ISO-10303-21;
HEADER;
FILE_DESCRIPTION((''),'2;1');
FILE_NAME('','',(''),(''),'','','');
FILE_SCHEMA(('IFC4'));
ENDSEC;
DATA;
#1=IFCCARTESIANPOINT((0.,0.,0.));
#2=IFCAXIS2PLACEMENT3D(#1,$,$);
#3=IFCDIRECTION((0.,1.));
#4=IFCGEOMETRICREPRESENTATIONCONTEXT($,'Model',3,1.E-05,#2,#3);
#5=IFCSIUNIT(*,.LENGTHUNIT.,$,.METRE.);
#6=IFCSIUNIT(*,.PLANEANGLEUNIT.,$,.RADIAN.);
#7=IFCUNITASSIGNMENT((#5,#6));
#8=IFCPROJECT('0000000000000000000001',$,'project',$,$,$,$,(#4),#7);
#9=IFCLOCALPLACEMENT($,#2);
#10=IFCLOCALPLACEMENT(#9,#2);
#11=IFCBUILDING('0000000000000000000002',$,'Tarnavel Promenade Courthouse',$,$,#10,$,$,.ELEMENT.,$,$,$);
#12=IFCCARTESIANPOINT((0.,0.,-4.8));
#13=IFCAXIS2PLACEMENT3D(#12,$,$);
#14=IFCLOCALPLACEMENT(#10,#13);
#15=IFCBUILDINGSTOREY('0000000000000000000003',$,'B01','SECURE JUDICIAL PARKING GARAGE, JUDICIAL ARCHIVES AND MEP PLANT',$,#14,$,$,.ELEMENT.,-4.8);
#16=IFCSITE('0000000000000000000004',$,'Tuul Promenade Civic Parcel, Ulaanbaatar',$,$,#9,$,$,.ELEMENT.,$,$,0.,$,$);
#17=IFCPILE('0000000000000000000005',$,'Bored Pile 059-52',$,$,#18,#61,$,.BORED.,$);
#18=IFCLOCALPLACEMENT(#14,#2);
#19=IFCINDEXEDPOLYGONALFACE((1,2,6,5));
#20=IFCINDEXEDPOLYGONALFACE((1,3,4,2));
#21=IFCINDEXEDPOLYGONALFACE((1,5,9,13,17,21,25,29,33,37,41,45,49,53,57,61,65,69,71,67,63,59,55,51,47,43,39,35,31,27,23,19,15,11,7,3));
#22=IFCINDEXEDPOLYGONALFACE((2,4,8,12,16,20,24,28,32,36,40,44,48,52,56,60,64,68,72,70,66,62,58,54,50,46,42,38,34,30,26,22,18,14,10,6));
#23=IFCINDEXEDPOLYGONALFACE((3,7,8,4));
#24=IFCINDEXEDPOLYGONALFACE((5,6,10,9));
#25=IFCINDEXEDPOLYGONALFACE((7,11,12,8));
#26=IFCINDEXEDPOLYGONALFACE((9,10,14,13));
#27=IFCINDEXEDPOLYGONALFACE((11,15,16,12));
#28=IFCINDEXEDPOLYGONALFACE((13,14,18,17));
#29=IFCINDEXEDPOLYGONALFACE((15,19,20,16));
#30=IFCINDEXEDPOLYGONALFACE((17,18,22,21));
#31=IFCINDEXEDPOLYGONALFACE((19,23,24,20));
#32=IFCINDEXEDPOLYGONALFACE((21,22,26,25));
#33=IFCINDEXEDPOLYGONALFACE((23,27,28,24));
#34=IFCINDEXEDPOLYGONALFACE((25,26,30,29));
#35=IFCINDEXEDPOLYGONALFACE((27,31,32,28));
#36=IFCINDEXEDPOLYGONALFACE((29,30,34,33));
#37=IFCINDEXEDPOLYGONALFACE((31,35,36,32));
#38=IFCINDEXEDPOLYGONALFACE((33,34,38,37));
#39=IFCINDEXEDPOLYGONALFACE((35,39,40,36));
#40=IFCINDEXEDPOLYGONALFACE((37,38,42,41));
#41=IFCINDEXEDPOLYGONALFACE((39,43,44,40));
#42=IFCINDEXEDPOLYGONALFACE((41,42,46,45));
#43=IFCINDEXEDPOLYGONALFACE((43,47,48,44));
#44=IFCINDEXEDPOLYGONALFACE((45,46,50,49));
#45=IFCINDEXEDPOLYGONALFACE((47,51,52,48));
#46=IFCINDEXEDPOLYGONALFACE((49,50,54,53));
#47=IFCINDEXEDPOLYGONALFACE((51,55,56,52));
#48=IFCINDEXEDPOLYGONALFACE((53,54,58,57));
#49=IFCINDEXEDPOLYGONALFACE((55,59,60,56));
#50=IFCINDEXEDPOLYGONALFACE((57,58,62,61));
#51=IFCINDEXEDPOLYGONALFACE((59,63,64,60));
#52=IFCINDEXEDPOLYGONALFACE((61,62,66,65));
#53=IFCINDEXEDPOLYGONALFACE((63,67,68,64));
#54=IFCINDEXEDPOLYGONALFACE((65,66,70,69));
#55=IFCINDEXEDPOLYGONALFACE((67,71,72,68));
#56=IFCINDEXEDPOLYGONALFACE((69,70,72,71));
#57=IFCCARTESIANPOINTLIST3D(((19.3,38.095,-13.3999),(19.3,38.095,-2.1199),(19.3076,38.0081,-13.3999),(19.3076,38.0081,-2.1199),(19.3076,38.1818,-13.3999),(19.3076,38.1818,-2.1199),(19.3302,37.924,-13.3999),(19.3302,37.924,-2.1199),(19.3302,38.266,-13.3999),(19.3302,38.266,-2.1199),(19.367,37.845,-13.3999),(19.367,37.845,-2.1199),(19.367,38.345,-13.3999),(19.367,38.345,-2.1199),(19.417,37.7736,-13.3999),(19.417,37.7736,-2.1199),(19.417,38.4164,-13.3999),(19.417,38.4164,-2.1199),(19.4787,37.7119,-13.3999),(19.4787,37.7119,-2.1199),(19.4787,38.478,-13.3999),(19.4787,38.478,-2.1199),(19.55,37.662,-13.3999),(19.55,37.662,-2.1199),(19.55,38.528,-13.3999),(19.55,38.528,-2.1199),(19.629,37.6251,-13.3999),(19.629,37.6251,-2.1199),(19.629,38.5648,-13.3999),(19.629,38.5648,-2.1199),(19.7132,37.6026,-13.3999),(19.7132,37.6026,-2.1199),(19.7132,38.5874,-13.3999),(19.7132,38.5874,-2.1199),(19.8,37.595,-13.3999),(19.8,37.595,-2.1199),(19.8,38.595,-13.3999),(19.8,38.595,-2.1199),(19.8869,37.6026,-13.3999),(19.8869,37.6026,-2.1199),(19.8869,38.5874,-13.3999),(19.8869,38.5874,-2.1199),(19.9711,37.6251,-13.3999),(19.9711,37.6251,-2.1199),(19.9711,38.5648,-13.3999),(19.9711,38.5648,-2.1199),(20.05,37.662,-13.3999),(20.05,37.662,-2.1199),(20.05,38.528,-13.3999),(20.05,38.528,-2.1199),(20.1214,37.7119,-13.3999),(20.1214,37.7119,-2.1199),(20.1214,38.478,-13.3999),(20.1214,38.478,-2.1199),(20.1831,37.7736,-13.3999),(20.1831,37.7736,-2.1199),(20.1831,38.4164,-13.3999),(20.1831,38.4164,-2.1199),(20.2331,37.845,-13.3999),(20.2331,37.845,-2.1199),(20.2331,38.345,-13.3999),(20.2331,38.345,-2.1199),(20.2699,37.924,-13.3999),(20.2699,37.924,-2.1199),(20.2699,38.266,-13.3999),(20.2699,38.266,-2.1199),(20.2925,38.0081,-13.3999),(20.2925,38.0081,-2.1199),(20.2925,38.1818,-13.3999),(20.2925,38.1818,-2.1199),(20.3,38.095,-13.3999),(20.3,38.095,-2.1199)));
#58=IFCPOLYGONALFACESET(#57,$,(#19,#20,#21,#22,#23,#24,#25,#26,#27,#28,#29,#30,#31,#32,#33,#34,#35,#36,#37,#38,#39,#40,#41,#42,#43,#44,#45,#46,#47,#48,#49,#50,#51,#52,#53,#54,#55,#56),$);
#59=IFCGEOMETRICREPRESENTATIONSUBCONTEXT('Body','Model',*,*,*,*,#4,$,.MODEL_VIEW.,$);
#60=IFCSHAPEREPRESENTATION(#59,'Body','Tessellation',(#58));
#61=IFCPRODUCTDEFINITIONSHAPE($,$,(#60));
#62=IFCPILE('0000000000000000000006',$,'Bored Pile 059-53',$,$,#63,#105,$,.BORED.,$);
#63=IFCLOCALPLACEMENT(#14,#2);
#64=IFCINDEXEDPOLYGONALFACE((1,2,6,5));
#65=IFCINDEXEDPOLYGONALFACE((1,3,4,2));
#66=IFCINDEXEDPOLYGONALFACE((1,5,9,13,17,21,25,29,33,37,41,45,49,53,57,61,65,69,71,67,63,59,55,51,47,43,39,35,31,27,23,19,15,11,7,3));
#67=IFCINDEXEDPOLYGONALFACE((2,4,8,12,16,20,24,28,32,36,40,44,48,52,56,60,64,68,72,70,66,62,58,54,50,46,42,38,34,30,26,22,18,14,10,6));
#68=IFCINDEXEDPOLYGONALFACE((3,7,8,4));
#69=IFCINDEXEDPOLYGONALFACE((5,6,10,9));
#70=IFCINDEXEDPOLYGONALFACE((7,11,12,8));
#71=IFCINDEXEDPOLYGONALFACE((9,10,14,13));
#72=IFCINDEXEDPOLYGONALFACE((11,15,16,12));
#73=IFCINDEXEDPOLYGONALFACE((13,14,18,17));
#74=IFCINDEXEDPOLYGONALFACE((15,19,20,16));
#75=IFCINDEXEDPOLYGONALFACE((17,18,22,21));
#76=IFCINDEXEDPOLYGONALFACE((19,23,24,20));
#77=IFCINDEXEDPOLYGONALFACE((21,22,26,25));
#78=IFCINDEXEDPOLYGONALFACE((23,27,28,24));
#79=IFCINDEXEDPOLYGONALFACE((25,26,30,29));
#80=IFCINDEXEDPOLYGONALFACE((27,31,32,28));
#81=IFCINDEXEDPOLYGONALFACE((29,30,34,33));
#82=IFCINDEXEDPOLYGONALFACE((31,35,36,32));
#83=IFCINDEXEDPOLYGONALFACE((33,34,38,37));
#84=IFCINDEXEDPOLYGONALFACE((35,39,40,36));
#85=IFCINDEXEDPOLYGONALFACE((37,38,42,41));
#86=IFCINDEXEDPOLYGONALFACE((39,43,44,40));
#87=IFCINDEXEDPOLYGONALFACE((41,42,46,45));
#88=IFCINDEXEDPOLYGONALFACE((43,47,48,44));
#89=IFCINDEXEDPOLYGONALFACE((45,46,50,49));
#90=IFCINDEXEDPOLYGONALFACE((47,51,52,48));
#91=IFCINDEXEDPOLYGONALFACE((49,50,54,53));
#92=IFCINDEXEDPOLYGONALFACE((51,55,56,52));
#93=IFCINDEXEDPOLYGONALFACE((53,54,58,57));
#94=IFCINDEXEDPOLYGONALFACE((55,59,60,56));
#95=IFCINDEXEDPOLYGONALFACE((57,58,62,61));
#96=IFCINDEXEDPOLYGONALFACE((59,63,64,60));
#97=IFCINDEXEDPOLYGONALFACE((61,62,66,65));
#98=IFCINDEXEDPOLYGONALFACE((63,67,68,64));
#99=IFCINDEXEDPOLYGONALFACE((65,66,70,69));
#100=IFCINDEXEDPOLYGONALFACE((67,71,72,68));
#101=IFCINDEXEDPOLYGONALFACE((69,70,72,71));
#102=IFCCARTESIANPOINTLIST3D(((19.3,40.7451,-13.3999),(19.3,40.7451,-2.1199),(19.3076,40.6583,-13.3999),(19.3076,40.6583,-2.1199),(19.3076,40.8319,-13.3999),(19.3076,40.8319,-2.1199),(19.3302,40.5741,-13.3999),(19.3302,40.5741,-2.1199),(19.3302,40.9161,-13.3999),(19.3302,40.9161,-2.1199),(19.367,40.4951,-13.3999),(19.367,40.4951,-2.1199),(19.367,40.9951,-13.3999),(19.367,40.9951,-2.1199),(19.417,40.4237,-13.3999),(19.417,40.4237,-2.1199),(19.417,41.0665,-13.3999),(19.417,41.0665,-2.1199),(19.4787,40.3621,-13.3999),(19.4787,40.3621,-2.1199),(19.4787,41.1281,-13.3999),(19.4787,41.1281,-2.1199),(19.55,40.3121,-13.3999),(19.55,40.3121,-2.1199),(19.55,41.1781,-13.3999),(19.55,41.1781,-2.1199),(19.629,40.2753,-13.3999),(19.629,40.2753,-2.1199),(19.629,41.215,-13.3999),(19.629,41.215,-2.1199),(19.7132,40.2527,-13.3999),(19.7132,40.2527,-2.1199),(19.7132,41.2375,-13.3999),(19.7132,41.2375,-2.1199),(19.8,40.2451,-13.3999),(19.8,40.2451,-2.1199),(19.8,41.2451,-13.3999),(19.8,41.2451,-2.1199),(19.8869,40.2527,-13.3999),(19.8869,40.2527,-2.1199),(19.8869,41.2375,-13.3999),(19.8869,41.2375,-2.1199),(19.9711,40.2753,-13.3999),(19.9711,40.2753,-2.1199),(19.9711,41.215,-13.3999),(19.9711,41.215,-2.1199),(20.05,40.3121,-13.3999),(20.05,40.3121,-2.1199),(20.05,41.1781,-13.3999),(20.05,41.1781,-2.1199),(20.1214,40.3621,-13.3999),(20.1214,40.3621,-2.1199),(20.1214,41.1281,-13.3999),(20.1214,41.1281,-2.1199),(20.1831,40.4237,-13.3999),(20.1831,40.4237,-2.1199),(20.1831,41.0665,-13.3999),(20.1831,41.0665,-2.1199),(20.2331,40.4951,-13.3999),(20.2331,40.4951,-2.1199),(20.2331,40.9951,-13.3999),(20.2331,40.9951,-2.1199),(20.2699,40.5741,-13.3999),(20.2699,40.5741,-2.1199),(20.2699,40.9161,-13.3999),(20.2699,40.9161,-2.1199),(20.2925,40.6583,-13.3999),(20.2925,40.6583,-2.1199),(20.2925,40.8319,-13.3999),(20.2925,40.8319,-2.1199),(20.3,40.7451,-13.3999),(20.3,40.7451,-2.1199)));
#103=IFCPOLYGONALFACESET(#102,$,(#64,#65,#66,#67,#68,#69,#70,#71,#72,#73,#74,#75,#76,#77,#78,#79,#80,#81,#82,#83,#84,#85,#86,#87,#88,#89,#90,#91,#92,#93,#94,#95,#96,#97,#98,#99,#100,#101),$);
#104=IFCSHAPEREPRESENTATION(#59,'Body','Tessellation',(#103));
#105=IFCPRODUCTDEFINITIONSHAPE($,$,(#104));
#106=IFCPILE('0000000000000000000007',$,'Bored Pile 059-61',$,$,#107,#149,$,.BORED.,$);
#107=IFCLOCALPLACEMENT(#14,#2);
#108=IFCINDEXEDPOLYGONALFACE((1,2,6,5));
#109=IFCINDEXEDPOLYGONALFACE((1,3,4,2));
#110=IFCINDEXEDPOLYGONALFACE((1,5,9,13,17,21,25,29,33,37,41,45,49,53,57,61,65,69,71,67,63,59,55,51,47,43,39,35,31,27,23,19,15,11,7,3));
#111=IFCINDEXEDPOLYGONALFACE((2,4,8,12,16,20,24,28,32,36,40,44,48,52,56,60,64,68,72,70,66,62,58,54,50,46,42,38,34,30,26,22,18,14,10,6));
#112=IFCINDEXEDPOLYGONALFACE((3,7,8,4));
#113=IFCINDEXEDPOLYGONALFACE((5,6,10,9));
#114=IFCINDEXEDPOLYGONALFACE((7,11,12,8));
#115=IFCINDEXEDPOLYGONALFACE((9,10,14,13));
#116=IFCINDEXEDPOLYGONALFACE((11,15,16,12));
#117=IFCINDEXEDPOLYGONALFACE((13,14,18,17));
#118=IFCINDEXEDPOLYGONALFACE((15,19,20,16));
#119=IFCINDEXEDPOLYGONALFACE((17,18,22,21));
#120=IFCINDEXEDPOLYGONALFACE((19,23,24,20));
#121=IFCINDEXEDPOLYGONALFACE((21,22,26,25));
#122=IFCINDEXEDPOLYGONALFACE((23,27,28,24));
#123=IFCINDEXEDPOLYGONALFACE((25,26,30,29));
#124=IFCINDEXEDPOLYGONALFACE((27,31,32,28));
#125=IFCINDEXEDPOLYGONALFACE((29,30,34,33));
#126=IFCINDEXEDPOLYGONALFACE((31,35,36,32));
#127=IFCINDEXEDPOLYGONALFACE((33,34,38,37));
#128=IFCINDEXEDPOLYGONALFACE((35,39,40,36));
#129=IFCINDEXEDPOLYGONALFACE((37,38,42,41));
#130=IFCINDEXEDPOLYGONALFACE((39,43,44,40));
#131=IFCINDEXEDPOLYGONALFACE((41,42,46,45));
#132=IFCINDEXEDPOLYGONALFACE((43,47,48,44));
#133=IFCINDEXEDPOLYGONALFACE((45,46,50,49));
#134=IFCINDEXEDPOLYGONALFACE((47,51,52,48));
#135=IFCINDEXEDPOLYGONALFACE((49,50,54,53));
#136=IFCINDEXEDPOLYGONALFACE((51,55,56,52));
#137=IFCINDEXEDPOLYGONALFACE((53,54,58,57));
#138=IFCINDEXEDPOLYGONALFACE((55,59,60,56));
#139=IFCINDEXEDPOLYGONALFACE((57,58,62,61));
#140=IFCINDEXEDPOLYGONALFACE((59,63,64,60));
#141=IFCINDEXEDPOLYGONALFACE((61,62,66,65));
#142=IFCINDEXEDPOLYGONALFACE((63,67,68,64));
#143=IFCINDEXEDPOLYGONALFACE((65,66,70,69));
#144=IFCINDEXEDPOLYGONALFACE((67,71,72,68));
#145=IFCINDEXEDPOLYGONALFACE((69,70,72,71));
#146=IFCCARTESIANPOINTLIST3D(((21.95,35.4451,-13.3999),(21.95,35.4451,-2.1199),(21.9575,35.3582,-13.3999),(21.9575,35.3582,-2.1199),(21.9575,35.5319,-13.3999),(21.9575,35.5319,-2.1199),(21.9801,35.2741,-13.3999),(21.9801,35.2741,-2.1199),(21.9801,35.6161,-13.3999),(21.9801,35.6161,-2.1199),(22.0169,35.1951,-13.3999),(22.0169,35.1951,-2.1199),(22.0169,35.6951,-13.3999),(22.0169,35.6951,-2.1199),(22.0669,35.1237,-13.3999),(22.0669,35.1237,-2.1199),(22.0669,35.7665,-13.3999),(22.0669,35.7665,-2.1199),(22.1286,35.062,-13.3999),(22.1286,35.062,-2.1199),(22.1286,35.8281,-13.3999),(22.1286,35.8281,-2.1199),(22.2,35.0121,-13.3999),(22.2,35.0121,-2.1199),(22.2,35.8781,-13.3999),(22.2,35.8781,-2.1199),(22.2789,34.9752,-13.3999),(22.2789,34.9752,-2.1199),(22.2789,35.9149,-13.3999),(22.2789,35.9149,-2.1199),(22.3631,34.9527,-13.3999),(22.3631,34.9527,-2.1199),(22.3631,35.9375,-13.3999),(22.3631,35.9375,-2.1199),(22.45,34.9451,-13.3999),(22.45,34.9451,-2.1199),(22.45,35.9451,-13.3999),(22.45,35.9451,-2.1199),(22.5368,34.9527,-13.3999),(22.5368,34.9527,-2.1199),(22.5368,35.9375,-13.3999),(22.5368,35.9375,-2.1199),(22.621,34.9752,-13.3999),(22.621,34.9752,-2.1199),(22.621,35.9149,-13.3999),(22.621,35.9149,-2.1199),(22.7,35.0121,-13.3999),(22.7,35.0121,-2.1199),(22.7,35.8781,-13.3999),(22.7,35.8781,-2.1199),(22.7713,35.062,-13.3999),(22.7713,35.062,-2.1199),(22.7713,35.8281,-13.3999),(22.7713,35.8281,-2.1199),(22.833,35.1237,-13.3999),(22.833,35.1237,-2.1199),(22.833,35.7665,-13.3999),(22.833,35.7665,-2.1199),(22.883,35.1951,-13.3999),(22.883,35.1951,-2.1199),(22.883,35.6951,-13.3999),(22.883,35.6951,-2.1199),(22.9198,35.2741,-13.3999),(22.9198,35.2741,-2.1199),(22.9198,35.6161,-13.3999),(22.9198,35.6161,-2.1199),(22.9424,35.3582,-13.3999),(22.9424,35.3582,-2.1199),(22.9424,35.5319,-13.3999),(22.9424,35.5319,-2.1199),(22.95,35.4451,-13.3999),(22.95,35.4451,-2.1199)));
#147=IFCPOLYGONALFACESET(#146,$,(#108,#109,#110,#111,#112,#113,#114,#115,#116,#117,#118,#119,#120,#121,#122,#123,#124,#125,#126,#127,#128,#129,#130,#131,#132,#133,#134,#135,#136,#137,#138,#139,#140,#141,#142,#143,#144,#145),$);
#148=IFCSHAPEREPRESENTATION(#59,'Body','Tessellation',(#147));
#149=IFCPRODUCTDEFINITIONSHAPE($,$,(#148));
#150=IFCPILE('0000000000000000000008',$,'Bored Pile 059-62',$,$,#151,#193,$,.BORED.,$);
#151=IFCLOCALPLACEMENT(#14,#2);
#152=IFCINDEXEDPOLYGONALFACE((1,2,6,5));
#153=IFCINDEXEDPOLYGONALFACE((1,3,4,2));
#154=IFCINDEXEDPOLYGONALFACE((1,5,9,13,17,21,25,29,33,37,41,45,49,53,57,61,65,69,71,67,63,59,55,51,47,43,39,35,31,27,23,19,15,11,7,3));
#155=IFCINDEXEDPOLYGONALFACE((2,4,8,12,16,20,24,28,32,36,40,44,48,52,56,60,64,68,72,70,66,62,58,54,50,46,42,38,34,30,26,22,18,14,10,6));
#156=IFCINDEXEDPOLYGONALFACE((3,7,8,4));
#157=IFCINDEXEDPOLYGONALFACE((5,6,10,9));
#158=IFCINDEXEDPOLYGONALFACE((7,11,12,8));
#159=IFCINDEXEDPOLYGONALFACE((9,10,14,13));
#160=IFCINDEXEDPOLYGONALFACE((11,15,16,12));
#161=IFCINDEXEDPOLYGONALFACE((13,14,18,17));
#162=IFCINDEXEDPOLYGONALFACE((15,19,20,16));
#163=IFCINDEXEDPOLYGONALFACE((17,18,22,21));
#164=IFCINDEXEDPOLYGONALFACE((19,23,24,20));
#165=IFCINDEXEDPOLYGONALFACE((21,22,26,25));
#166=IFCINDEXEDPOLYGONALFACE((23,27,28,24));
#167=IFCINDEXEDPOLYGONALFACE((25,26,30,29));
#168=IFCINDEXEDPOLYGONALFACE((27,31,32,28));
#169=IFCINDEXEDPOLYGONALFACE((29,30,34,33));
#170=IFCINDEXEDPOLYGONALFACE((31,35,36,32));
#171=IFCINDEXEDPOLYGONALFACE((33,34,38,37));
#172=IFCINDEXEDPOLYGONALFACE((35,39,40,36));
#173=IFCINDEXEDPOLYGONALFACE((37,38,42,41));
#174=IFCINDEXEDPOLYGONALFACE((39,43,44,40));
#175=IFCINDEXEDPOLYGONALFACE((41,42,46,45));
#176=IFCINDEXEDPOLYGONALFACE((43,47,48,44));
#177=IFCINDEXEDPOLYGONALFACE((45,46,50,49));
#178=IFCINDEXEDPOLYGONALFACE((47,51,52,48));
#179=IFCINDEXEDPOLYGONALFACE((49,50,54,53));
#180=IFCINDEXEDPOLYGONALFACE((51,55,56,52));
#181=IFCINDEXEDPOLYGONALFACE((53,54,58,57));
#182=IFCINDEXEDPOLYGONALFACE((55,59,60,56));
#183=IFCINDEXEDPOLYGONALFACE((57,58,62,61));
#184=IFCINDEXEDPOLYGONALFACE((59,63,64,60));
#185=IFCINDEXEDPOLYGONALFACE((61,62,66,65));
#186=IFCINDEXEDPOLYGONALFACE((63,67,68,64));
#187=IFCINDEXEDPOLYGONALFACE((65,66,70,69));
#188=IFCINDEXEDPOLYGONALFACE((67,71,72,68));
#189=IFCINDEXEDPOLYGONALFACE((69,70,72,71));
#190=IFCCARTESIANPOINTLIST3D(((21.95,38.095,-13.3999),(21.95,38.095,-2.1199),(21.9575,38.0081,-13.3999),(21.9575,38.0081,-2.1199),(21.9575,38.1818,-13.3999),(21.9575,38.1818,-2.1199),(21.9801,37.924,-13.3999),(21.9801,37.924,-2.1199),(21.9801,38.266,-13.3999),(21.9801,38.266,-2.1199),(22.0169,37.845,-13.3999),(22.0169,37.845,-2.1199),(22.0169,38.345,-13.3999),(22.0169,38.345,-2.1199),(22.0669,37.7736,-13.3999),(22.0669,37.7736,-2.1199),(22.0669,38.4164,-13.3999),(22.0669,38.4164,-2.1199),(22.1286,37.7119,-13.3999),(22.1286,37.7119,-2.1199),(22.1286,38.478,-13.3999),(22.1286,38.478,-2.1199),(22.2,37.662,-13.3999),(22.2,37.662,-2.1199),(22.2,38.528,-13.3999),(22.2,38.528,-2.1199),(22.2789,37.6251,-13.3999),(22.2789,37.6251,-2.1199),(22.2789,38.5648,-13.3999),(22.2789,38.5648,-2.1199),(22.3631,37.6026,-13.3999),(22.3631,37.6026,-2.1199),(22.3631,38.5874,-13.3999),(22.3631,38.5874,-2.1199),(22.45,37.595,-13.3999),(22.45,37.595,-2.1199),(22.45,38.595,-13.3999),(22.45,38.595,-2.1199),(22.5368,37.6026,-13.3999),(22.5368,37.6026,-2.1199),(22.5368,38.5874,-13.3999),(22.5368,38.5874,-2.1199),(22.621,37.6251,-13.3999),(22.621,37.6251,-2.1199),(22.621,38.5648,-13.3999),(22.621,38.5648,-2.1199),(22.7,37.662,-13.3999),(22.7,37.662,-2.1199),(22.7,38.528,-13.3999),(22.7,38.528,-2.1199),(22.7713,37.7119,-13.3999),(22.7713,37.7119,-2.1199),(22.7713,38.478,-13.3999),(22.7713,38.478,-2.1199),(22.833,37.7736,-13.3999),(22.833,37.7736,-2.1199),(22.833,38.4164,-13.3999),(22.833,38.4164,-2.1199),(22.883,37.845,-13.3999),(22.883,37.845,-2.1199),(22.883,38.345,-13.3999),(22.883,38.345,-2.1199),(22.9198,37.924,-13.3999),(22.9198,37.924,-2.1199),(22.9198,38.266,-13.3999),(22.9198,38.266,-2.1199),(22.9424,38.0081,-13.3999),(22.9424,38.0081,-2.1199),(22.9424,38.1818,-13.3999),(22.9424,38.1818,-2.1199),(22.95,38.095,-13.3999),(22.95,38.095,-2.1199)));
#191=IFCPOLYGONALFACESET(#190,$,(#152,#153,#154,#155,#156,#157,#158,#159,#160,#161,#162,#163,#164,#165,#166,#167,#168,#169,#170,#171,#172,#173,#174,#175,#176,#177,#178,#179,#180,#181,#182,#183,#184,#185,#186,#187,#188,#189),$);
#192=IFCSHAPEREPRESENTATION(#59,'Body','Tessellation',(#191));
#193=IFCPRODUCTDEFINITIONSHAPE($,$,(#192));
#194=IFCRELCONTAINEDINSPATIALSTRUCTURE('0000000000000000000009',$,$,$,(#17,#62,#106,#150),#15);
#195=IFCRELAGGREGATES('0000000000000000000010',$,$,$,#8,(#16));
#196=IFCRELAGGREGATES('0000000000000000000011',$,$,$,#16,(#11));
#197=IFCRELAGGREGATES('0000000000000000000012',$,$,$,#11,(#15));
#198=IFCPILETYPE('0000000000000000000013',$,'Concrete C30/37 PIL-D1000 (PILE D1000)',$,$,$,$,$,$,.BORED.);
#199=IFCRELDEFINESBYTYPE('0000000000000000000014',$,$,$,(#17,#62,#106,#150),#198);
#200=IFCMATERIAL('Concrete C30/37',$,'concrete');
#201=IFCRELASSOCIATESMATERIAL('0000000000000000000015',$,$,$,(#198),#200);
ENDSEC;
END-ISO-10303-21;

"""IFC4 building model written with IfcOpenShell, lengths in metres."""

from ifc_helpers import new_model, si_unit, direction, frame, origin, origin_2d, place, context, subcontext, project, spatial, circle, extrude, material, material_profile, profile_set, type_object, element, save


model = new_model("IFC4")

# Units and contexts
model_context = context("Model", 3, precision=1e-05, world=origin(), true_north=direction((0.0, 1.0)))
body_context = subcontext(model_context, "Body", "Model", "MODEL_VIEW")
ifc_project = project(units=[si_unit("LENGTHUNIT", "METRE"), si_unit("PLANEANGLEUNIT", "RADIAN")], contexts=[model_context])

# Site, building, storey
site_placement = place(None, origin())
site = spatial("IfcSite", under=ifc_project, at=site_placement, Name="Tuul Promenade Civic Parcel, Ulaanbaatar", CompositionType="ELEMENT", RefElevation=0.0)
building_placement = place(site_placement, origin())
building = spatial("IfcBuilding", under=site, at=building_placement, Name="Tarnavel Promenade Courthouse", CompositionType="ELEMENT")
storey_placement = place(building_placement, frame((0.0, 0.0, -4.8)))
storey = spatial("IfcBuildingStorey", under=building, at=storey_placement, Name="B01", Description="SECURE JUDICIAL PARKING GARAGE, JUDICIAL ARCHIVES AND MEP PLANT", CompositionType="ELEMENT", Elevation=-4.8)

# Piles
ifc_material_1 = material(Name="Concrete C30/37", Category="concrete")
ifc_material_profile_1 = material_profile(ifc_material_1, circle(Radius=0.5, at=origin_2d()), Name="PILE D1000")
ifc_profile_set_1 = profile_set([ifc_material_profile_1], Name="Concrete C30/37")
pile_type = type_object("IfcPileType", Name="Concrete C30/37 PIL-D1000 (PILE D1000)", PredefinedType="BORED", material=ifc_profile_set_1)
for number, where, z_axis, x_axis, name in (
    (1, (19.8, 38.095, -2.1199), (0.0, 0.0, -1.0), (1.0, 0.0, 0.0), "Bored Pile 059-52"),
    (2, (19.8, 40.7451, -2.1199), (0.0, 0.0, -1.0), (1.0, 0.0, 0.0), "Bored Pile 059-53"),
    (3, (22.45, 35.4451, -2.1199), (0.0, 0.0, -1.0), (1.0, 0.0, 0.0), "Bored Pile 059-61"),
    (4, (22.45, 38.095, -2.1199), (0.0, 0.0, -1.0), (1.0, 0.0, 0.0), "Bored Pile 059-62"),
):
    element("IfcPile", number, at=place(storey_placement, frame(where, z_axis=z_axis, x_axis=x_axis)), inside=storey, type_object=pile_type, Name=name, PredefinedType="BORED", context=body_context, shape_type="SweptSolid", body=[
        extrude(circle(Radius=0.5, at=origin_2d()), origin(), (0.0, 0.0, 1.0), 11.28),
    ])

save(model, "model.ifc")
